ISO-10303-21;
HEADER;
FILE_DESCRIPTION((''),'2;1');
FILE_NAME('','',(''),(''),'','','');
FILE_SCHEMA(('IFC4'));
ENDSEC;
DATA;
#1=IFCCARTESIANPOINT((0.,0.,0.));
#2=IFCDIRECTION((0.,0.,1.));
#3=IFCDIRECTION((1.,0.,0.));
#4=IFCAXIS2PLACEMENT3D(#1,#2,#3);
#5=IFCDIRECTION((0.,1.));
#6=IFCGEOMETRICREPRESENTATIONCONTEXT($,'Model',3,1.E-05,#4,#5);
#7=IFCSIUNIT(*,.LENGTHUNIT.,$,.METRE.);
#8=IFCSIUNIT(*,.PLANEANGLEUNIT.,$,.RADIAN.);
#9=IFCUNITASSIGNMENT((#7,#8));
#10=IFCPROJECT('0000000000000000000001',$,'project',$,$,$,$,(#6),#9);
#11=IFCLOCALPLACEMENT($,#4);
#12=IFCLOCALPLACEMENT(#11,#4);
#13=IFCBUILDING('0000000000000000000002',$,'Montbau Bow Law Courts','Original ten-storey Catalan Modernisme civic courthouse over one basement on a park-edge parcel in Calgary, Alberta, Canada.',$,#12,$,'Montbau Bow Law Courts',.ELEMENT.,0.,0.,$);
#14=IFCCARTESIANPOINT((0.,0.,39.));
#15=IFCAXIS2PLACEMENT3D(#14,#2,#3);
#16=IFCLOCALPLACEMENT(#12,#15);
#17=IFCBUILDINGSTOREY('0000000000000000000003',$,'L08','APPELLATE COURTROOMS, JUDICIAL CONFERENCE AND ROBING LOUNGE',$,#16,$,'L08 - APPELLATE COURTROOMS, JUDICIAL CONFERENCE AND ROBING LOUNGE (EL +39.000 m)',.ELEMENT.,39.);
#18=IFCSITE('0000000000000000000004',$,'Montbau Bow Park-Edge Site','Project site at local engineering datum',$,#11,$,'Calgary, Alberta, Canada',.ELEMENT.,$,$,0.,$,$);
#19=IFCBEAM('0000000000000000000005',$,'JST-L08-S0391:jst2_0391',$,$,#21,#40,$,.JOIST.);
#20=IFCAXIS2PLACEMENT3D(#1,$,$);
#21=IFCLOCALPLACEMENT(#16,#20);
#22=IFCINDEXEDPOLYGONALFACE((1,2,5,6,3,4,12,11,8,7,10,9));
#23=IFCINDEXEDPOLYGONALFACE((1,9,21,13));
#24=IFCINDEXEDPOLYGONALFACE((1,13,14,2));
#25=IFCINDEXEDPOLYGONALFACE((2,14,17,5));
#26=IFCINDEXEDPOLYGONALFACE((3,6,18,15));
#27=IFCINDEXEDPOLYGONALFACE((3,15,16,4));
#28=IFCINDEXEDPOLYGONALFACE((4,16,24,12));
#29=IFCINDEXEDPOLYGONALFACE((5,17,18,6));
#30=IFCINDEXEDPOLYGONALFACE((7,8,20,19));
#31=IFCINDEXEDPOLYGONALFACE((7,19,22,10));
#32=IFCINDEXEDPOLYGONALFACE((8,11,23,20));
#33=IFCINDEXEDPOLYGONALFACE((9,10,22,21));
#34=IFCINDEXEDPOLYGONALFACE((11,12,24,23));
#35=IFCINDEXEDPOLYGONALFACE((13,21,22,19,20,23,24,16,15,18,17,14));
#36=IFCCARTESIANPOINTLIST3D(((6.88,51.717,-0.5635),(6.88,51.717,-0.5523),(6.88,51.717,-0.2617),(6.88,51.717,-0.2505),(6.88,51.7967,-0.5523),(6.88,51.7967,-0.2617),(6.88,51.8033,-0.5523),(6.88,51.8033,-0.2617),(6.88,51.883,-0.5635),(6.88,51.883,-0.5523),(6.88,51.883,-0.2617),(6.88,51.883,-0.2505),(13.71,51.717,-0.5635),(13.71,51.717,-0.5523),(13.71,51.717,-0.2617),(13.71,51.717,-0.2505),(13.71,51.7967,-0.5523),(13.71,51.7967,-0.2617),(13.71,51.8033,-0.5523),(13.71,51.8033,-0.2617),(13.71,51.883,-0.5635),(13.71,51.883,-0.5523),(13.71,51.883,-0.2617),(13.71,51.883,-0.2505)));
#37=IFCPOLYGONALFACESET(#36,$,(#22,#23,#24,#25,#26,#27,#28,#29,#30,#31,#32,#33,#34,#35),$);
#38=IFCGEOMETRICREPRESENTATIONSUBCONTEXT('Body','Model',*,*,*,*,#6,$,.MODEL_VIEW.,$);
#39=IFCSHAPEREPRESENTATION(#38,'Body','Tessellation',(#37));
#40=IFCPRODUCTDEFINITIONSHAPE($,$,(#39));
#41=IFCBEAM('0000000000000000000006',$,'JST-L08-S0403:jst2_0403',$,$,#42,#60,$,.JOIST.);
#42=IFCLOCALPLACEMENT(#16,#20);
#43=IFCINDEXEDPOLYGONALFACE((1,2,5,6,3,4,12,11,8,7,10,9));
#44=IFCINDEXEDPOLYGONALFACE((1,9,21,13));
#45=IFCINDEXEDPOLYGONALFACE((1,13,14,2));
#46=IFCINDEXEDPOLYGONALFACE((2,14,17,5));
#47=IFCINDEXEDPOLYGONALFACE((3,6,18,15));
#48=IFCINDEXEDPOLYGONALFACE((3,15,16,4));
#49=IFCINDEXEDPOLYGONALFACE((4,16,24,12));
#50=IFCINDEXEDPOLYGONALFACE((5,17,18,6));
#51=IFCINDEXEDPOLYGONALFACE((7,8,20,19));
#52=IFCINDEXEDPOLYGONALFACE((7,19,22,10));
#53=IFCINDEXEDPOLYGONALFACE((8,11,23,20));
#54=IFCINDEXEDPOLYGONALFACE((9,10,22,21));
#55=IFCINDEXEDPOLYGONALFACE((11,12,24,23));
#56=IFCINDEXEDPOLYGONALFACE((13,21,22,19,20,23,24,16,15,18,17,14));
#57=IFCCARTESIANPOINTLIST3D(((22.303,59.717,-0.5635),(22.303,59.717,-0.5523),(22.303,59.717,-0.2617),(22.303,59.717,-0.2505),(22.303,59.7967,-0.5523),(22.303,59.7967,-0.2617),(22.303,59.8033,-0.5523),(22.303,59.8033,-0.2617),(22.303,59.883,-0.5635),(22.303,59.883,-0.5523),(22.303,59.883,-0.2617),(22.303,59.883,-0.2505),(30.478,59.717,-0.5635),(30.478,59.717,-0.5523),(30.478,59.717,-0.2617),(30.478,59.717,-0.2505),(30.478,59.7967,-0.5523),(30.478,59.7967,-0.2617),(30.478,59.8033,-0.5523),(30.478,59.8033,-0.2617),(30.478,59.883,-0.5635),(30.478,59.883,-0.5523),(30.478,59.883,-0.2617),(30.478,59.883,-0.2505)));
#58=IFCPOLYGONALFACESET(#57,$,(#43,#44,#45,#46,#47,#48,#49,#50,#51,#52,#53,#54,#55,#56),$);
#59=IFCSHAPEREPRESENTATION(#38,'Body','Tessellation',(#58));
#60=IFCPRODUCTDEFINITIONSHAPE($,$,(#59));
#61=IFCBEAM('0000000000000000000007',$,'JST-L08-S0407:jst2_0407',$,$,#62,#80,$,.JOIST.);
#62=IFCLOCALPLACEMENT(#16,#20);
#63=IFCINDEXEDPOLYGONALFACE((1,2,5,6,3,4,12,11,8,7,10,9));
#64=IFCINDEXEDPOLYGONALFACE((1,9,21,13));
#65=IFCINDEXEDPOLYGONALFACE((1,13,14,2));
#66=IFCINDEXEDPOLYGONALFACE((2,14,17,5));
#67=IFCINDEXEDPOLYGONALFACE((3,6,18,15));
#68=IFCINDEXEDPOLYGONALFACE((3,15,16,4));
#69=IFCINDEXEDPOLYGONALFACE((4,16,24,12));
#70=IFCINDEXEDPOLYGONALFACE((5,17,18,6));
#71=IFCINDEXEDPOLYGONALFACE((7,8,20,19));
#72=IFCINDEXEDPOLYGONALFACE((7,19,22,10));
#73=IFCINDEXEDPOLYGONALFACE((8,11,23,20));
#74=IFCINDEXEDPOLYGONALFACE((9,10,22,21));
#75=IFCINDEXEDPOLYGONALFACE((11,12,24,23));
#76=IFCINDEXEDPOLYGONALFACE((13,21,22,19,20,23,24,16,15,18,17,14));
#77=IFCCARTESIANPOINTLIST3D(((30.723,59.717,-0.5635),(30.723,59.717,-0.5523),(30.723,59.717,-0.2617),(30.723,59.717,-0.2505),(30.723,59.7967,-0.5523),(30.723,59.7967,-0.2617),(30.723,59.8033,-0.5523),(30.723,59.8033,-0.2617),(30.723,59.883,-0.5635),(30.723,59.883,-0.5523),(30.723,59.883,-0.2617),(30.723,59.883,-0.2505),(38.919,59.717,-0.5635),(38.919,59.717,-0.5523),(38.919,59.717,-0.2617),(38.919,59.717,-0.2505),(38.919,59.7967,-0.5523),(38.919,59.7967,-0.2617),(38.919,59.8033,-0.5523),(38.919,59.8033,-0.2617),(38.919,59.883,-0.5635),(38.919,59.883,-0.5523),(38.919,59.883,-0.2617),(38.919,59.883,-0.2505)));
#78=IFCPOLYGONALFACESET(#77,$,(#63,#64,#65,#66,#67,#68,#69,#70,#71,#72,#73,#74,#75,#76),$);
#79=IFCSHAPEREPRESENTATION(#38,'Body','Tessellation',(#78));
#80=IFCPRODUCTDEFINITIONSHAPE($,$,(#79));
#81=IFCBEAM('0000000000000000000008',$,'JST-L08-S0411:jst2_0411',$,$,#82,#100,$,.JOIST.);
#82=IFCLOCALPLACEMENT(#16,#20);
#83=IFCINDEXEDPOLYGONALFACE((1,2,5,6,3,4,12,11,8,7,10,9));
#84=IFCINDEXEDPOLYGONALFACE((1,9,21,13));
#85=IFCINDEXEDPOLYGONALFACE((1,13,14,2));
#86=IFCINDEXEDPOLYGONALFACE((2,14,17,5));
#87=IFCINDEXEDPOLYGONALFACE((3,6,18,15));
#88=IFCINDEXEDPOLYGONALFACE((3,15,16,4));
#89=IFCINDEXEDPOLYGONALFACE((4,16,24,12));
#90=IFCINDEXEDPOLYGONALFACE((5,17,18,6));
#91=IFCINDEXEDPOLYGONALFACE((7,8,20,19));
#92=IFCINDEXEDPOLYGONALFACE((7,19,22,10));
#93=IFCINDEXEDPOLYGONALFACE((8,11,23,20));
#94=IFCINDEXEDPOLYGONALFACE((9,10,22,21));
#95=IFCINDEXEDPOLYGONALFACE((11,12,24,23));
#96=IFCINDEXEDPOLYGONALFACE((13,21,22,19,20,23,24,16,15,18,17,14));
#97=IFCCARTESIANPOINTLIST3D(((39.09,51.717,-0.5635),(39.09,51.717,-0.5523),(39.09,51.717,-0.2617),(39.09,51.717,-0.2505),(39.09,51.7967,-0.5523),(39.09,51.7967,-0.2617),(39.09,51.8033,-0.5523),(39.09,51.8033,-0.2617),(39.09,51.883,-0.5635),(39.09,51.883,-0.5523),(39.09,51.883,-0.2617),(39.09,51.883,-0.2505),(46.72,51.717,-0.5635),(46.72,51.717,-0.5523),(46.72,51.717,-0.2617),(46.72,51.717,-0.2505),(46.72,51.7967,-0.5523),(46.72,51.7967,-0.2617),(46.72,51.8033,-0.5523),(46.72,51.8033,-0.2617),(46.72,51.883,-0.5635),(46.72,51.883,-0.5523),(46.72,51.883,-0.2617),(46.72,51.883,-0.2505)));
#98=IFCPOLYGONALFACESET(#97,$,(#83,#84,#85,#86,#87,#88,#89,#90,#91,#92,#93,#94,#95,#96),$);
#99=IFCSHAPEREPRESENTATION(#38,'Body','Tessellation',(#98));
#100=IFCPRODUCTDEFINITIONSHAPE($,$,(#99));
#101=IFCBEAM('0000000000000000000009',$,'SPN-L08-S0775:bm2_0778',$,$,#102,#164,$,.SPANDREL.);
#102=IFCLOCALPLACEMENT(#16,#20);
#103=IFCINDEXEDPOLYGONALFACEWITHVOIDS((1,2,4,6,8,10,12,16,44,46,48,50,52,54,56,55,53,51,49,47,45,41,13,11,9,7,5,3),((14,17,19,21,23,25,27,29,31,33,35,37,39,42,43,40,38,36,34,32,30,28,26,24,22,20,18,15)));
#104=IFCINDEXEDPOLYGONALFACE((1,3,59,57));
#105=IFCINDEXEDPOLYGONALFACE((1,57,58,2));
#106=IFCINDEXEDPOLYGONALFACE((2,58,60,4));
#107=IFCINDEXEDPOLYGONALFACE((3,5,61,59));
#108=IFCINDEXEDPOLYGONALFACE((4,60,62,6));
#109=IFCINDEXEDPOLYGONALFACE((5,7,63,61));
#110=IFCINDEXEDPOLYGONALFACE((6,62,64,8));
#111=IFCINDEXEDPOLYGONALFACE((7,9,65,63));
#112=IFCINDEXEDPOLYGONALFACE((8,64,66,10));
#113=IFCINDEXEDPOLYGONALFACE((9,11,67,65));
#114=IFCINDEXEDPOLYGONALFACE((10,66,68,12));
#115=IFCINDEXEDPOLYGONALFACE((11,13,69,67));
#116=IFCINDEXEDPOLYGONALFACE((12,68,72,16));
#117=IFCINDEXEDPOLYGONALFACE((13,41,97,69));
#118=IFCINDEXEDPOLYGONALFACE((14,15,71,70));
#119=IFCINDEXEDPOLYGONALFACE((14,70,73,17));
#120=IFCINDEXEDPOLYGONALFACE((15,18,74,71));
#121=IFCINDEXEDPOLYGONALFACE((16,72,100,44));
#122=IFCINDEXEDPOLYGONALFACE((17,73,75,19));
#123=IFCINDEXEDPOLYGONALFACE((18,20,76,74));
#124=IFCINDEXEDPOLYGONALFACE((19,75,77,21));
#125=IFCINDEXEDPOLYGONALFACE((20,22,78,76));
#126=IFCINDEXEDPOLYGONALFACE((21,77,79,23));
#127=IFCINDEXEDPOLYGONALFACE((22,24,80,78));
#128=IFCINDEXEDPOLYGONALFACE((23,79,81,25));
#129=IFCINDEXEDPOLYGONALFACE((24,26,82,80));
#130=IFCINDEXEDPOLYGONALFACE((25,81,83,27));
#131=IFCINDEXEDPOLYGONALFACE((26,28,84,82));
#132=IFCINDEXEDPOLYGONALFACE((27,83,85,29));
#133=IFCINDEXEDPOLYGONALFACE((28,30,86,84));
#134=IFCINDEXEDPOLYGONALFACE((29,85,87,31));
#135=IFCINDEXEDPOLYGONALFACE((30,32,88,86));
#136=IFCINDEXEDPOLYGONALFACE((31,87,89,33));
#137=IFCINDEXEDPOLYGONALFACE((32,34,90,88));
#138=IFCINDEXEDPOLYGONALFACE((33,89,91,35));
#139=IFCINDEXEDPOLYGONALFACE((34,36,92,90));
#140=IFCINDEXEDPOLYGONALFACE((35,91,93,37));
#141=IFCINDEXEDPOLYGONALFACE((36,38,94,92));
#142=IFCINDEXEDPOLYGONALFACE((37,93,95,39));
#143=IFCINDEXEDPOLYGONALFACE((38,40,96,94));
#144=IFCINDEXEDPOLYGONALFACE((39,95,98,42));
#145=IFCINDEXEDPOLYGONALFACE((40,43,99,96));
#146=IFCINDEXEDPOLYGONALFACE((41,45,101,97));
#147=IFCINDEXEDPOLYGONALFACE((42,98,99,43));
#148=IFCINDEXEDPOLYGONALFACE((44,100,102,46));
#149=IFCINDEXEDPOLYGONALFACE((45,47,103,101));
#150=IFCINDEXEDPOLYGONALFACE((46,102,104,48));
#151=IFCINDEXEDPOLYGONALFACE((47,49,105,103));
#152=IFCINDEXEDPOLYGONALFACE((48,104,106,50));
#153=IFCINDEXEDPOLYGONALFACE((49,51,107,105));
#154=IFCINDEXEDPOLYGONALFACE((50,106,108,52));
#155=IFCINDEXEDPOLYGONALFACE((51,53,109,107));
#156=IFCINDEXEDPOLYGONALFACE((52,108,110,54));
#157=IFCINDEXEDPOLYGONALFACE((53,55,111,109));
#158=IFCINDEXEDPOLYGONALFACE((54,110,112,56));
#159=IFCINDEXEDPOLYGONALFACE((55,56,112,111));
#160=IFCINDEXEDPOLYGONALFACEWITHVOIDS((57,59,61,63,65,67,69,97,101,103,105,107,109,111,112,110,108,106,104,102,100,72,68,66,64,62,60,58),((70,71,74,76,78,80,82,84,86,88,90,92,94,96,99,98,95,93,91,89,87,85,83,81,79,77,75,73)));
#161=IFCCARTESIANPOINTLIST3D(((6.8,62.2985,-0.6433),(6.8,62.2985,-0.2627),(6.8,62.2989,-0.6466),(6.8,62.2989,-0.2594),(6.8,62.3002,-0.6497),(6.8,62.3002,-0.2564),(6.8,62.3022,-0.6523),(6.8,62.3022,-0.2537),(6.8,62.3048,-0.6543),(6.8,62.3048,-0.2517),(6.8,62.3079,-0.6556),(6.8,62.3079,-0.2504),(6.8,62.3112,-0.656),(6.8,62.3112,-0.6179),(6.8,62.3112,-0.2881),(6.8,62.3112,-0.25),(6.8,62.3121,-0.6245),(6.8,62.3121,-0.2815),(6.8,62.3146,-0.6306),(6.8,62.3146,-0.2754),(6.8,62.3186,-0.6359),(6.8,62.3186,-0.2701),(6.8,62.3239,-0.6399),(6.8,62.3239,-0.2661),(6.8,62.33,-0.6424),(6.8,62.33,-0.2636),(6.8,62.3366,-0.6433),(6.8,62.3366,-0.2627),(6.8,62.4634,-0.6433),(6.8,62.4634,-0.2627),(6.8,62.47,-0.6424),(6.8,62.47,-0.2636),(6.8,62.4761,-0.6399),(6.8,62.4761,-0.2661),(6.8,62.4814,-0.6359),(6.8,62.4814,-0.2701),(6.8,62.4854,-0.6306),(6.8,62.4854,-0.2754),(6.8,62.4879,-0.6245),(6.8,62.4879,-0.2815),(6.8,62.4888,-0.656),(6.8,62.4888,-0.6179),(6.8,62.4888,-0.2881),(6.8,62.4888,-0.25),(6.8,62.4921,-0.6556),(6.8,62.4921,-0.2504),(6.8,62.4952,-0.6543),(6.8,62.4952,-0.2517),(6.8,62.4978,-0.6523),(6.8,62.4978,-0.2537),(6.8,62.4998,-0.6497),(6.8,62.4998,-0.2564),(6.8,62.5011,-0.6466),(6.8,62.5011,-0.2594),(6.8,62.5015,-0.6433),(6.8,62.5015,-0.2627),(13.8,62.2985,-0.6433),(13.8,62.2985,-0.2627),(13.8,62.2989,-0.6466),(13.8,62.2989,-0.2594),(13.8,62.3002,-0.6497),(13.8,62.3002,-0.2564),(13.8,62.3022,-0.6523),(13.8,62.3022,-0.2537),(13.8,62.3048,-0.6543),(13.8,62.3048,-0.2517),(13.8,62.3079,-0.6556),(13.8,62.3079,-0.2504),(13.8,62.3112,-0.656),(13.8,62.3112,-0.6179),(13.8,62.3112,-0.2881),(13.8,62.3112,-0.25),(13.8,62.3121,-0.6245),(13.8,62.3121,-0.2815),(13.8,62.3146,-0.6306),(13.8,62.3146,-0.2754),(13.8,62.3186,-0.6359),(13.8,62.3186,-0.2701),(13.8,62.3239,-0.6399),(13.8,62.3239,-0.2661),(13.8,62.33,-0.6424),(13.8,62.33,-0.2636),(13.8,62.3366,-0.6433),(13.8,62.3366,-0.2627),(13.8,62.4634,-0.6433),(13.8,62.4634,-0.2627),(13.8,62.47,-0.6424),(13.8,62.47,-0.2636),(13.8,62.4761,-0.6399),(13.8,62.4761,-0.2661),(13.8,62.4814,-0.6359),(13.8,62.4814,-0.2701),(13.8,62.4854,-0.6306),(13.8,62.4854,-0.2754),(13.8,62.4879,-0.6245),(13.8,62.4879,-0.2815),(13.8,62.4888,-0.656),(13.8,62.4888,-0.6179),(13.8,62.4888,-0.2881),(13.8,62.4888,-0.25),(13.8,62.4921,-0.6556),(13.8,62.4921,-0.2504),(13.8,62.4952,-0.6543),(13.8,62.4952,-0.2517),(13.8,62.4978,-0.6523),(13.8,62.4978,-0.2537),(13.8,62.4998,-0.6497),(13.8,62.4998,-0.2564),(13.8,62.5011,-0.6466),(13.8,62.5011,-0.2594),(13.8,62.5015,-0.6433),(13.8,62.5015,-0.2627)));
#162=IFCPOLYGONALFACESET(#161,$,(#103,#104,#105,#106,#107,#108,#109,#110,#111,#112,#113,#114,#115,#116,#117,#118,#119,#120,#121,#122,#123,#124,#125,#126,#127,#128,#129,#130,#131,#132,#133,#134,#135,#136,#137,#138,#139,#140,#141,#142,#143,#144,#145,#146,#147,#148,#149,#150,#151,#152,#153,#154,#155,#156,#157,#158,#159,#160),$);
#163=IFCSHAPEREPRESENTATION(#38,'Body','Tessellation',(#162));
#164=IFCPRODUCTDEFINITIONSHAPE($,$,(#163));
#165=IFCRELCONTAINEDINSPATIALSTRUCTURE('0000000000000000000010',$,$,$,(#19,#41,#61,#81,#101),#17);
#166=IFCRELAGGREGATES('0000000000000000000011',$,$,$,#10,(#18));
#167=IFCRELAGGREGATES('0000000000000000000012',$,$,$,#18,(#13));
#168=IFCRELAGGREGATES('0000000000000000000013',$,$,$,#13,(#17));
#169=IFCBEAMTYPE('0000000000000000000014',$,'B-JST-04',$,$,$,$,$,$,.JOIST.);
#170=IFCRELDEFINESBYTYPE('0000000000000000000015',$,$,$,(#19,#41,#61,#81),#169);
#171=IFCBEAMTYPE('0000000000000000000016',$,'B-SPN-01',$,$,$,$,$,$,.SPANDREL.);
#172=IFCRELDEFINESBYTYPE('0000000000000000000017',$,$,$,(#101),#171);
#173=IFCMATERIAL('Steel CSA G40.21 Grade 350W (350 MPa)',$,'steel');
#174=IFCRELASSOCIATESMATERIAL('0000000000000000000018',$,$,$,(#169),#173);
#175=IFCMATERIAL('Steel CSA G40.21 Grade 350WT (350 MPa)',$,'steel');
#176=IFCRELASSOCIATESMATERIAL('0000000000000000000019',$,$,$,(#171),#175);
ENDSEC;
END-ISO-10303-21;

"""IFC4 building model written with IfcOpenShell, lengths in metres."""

from ifc_helpers import new_model, si_unit, direction, frame, origin_with_axes, origin_2d_with_axis, place, context, subcontext, project, spatial, hollow_rectangle, i_section, extrude, material, material_profile, profile_set, type_object, element, save


model = new_model("IFC4")

# Units and contexts
model_context = context("Model", 3, precision=1e-05, world=origin_with_axes(), true_north=direction((0.0, 1.0)))
body_context = subcontext(model_context, "Body", "Model", "MODEL_VIEW")
ifc_project = project(units=[si_unit("LENGTHUNIT", "METRE"), si_unit("PLANEANGLEUNIT", "RADIAN")], contexts=[model_context])

# Site, building, storey
site_placement = place(None, origin_with_axes())
site = spatial("IfcSite", under=ifc_project, at=site_placement, Name="Montbau Bow Park-Edge Site", Description="Project site at local engineering datum", LongName="Calgary, Alberta, Canada", CompositionType="ELEMENT", RefElevation=0.0)
building_placement = place(site_placement, origin_with_axes())
building = spatial("IfcBuilding", under=site, at=building_placement, Name="Montbau Bow Law Courts", Description="Original ten-storey Catalan Modernisme civic courthouse over one basement on a park-edge parcel in Calgary, Alberta, Canada.", LongName="Montbau Bow Law Courts", CompositionType="ELEMENT", ElevationOfRefHeight=0.0, ElevationOfTerrain=0.0)
storey_placement = place(building_placement, frame((0.0, 0.0, 39.0), z_axis=(0.0, 0.0, 1.0), x_axis=(1.0, 0.0, 0.0)))
storey = spatial("IfcBuildingStorey", under=building, at=storey_placement, Name="L08", Description="APPELLATE COURTROOMS, JUDICIAL CONFERENCE AND ROBING LOUNGE", LongName="L08 - APPELLATE COURTROOMS, JUDICIAL CONFERENCE AND ROBING LOUNGE (EL +39.000 m)", CompositionType="ELEMENT", Elevation=39.0)

# Beams
ifc_material_1 = material(Name="Steel CSA G40.21 Grade 350W (350 MPa)", Category="steel")
ifc_material_profile_1 = material_profile(ifc_material_1, i_section(OverallWidth=0.166, OverallDepth=0.313, WebThickness=0.0066, FlangeThickness=0.0112, at=origin_2d_with_axis()), Name="W310X45", Category="Main", Priority=0)
ifc_profile_set_1 = profile_set([ifc_material_profile_1], Name="Steel CSA G40.21 Grade 350W (350 MPa)")
beam_type_1 = type_object("IfcBeamType", Name="B-JST-04", PredefinedType="JOIST", material=ifc_profile_set_1)
beam_1_placement = place(None, frame((6.88, 51.8, 38.593), z_axis=(1.0, 0.0, 0.0), x_axis=(0.0, 1.0, 0.0)))
element("IfcBeam", 1, at=beam_1_placement, inside=storey, type_object=beam_type_1, Name="JST-L08-S0391:jst2_0391", PredefinedType="JOIST", context=body_context, shape_type="SweptSolid", body=[
    extrude(i_section(OverallWidth=0.166, OverallDepth=0.313, WebThickness=0.0066, FlangeThickness=0.0112, at=origin_2d_with_axis()), origin_with_axes(), (0.0, 0.0, 1.0), 6.83),
])
beam_2_placement = place(None, frame((22.303, 59.8, 38.593), z_axis=(1.0, 0.0, 0.0), x_axis=(0.0, 1.0, 0.0)))
element("IfcBeam", 2, at=beam_2_placement, inside=storey, type_object=beam_type_1, Name="JST-L08-S0403:jst2_0403", PredefinedType="JOIST", context=body_context, shape_type="SweptSolid", body=[
    extrude(i_section(OverallWidth=0.166, OverallDepth=0.313, WebThickness=0.0066, FlangeThickness=0.0112, at=origin_2d_with_axis()), origin_with_axes(), (0.0, 0.0, 1.0), 8.175),
])
beam_3_placement = place(None, frame((30.723, 59.8, 38.593), z_axis=(1.0, 0.0, 0.0), x_axis=(0.0, 1.0, 0.0)))
element("IfcBeam", 3, at=beam_3_placement, inside=storey, type_object=beam_type_1, Name="JST-L08-S0407:jst2_0407", PredefinedType="JOIST", context=body_context, shape_type="SweptSolid", body=[
    extrude(i_section(OverallWidth=0.166, OverallDepth=0.313, WebThickness=0.0066, FlangeThickness=0.0112, at=origin_2d_with_axis()), origin_with_axes(), (0.0, 0.0, 1.0), 8.196),
])
beam_4_placement = place(None, frame((39.09, 51.8, 38.593), z_axis=(1.0, 0.0, 0.0), x_axis=(0.0, 1.0, 0.0)))
element("IfcBeam", 4, at=beam_4_placement, inside=storey, type_object=beam_type_1, Name="JST-L08-S0411:jst2_0411", PredefinedType="JOIST", context=body_context, shape_type="SweptSolid", body=[
    extrude(i_section(OverallWidth=0.166, OverallDepth=0.313, WebThickness=0.0066, FlangeThickness=0.0112, at=origin_2d_with_axis()), origin_with_axes(), (0.0, 0.0, 1.0), 7.63),
])
ifc_material_2 = material(Name="Steel CSA G40.21 Grade 350WT (350 MPa)", Category="steel")
ifc_material_profile_2 = material_profile(ifc_material_2, hollow_rectangle(XDim=0.203, YDim=0.406, WallThickness=0.0127, InnerFilletRadius=0.0254, OuterFilletRadius=0.0127, at=origin_2d_with_axis()), Name="HSS406X203X13", Category="Main", Priority=0)
ifc_profile_set_2 = profile_set([ifc_material_profile_2], Name="Steel CSA G40.21 Grade 350WT (350 MPa)")
beam_type_2 = type_object("IfcBeamType", Name="B-SPN-01", PredefinedType="SPANDREL", material=ifc_profile_set_2)
beam_5_placement = place(None, frame((6.8, 62.4, 38.547), z_axis=(1.0, 0.0, 0.0), x_axis=(0.0, 1.0, 0.0)))
element("IfcBeam", 5, at=beam_5_placement, inside=storey, type_object=beam_type_2, Name="SPN-L08-S0775:bm2_0778", PredefinedType="SPANDREL", context=body_context, shape_type="SweptSolid", body=[
    extrude(hollow_rectangle(XDim=0.203, YDim=0.406, WallThickness=0.0127, InnerFilletRadius=0.0254, OuterFilletRadius=0.0127, at=origin_2d_with_axis()), origin_with_axes(), (0.0, 0.0, 1.0), 7.0),
])

save(model, "model.ifc")
